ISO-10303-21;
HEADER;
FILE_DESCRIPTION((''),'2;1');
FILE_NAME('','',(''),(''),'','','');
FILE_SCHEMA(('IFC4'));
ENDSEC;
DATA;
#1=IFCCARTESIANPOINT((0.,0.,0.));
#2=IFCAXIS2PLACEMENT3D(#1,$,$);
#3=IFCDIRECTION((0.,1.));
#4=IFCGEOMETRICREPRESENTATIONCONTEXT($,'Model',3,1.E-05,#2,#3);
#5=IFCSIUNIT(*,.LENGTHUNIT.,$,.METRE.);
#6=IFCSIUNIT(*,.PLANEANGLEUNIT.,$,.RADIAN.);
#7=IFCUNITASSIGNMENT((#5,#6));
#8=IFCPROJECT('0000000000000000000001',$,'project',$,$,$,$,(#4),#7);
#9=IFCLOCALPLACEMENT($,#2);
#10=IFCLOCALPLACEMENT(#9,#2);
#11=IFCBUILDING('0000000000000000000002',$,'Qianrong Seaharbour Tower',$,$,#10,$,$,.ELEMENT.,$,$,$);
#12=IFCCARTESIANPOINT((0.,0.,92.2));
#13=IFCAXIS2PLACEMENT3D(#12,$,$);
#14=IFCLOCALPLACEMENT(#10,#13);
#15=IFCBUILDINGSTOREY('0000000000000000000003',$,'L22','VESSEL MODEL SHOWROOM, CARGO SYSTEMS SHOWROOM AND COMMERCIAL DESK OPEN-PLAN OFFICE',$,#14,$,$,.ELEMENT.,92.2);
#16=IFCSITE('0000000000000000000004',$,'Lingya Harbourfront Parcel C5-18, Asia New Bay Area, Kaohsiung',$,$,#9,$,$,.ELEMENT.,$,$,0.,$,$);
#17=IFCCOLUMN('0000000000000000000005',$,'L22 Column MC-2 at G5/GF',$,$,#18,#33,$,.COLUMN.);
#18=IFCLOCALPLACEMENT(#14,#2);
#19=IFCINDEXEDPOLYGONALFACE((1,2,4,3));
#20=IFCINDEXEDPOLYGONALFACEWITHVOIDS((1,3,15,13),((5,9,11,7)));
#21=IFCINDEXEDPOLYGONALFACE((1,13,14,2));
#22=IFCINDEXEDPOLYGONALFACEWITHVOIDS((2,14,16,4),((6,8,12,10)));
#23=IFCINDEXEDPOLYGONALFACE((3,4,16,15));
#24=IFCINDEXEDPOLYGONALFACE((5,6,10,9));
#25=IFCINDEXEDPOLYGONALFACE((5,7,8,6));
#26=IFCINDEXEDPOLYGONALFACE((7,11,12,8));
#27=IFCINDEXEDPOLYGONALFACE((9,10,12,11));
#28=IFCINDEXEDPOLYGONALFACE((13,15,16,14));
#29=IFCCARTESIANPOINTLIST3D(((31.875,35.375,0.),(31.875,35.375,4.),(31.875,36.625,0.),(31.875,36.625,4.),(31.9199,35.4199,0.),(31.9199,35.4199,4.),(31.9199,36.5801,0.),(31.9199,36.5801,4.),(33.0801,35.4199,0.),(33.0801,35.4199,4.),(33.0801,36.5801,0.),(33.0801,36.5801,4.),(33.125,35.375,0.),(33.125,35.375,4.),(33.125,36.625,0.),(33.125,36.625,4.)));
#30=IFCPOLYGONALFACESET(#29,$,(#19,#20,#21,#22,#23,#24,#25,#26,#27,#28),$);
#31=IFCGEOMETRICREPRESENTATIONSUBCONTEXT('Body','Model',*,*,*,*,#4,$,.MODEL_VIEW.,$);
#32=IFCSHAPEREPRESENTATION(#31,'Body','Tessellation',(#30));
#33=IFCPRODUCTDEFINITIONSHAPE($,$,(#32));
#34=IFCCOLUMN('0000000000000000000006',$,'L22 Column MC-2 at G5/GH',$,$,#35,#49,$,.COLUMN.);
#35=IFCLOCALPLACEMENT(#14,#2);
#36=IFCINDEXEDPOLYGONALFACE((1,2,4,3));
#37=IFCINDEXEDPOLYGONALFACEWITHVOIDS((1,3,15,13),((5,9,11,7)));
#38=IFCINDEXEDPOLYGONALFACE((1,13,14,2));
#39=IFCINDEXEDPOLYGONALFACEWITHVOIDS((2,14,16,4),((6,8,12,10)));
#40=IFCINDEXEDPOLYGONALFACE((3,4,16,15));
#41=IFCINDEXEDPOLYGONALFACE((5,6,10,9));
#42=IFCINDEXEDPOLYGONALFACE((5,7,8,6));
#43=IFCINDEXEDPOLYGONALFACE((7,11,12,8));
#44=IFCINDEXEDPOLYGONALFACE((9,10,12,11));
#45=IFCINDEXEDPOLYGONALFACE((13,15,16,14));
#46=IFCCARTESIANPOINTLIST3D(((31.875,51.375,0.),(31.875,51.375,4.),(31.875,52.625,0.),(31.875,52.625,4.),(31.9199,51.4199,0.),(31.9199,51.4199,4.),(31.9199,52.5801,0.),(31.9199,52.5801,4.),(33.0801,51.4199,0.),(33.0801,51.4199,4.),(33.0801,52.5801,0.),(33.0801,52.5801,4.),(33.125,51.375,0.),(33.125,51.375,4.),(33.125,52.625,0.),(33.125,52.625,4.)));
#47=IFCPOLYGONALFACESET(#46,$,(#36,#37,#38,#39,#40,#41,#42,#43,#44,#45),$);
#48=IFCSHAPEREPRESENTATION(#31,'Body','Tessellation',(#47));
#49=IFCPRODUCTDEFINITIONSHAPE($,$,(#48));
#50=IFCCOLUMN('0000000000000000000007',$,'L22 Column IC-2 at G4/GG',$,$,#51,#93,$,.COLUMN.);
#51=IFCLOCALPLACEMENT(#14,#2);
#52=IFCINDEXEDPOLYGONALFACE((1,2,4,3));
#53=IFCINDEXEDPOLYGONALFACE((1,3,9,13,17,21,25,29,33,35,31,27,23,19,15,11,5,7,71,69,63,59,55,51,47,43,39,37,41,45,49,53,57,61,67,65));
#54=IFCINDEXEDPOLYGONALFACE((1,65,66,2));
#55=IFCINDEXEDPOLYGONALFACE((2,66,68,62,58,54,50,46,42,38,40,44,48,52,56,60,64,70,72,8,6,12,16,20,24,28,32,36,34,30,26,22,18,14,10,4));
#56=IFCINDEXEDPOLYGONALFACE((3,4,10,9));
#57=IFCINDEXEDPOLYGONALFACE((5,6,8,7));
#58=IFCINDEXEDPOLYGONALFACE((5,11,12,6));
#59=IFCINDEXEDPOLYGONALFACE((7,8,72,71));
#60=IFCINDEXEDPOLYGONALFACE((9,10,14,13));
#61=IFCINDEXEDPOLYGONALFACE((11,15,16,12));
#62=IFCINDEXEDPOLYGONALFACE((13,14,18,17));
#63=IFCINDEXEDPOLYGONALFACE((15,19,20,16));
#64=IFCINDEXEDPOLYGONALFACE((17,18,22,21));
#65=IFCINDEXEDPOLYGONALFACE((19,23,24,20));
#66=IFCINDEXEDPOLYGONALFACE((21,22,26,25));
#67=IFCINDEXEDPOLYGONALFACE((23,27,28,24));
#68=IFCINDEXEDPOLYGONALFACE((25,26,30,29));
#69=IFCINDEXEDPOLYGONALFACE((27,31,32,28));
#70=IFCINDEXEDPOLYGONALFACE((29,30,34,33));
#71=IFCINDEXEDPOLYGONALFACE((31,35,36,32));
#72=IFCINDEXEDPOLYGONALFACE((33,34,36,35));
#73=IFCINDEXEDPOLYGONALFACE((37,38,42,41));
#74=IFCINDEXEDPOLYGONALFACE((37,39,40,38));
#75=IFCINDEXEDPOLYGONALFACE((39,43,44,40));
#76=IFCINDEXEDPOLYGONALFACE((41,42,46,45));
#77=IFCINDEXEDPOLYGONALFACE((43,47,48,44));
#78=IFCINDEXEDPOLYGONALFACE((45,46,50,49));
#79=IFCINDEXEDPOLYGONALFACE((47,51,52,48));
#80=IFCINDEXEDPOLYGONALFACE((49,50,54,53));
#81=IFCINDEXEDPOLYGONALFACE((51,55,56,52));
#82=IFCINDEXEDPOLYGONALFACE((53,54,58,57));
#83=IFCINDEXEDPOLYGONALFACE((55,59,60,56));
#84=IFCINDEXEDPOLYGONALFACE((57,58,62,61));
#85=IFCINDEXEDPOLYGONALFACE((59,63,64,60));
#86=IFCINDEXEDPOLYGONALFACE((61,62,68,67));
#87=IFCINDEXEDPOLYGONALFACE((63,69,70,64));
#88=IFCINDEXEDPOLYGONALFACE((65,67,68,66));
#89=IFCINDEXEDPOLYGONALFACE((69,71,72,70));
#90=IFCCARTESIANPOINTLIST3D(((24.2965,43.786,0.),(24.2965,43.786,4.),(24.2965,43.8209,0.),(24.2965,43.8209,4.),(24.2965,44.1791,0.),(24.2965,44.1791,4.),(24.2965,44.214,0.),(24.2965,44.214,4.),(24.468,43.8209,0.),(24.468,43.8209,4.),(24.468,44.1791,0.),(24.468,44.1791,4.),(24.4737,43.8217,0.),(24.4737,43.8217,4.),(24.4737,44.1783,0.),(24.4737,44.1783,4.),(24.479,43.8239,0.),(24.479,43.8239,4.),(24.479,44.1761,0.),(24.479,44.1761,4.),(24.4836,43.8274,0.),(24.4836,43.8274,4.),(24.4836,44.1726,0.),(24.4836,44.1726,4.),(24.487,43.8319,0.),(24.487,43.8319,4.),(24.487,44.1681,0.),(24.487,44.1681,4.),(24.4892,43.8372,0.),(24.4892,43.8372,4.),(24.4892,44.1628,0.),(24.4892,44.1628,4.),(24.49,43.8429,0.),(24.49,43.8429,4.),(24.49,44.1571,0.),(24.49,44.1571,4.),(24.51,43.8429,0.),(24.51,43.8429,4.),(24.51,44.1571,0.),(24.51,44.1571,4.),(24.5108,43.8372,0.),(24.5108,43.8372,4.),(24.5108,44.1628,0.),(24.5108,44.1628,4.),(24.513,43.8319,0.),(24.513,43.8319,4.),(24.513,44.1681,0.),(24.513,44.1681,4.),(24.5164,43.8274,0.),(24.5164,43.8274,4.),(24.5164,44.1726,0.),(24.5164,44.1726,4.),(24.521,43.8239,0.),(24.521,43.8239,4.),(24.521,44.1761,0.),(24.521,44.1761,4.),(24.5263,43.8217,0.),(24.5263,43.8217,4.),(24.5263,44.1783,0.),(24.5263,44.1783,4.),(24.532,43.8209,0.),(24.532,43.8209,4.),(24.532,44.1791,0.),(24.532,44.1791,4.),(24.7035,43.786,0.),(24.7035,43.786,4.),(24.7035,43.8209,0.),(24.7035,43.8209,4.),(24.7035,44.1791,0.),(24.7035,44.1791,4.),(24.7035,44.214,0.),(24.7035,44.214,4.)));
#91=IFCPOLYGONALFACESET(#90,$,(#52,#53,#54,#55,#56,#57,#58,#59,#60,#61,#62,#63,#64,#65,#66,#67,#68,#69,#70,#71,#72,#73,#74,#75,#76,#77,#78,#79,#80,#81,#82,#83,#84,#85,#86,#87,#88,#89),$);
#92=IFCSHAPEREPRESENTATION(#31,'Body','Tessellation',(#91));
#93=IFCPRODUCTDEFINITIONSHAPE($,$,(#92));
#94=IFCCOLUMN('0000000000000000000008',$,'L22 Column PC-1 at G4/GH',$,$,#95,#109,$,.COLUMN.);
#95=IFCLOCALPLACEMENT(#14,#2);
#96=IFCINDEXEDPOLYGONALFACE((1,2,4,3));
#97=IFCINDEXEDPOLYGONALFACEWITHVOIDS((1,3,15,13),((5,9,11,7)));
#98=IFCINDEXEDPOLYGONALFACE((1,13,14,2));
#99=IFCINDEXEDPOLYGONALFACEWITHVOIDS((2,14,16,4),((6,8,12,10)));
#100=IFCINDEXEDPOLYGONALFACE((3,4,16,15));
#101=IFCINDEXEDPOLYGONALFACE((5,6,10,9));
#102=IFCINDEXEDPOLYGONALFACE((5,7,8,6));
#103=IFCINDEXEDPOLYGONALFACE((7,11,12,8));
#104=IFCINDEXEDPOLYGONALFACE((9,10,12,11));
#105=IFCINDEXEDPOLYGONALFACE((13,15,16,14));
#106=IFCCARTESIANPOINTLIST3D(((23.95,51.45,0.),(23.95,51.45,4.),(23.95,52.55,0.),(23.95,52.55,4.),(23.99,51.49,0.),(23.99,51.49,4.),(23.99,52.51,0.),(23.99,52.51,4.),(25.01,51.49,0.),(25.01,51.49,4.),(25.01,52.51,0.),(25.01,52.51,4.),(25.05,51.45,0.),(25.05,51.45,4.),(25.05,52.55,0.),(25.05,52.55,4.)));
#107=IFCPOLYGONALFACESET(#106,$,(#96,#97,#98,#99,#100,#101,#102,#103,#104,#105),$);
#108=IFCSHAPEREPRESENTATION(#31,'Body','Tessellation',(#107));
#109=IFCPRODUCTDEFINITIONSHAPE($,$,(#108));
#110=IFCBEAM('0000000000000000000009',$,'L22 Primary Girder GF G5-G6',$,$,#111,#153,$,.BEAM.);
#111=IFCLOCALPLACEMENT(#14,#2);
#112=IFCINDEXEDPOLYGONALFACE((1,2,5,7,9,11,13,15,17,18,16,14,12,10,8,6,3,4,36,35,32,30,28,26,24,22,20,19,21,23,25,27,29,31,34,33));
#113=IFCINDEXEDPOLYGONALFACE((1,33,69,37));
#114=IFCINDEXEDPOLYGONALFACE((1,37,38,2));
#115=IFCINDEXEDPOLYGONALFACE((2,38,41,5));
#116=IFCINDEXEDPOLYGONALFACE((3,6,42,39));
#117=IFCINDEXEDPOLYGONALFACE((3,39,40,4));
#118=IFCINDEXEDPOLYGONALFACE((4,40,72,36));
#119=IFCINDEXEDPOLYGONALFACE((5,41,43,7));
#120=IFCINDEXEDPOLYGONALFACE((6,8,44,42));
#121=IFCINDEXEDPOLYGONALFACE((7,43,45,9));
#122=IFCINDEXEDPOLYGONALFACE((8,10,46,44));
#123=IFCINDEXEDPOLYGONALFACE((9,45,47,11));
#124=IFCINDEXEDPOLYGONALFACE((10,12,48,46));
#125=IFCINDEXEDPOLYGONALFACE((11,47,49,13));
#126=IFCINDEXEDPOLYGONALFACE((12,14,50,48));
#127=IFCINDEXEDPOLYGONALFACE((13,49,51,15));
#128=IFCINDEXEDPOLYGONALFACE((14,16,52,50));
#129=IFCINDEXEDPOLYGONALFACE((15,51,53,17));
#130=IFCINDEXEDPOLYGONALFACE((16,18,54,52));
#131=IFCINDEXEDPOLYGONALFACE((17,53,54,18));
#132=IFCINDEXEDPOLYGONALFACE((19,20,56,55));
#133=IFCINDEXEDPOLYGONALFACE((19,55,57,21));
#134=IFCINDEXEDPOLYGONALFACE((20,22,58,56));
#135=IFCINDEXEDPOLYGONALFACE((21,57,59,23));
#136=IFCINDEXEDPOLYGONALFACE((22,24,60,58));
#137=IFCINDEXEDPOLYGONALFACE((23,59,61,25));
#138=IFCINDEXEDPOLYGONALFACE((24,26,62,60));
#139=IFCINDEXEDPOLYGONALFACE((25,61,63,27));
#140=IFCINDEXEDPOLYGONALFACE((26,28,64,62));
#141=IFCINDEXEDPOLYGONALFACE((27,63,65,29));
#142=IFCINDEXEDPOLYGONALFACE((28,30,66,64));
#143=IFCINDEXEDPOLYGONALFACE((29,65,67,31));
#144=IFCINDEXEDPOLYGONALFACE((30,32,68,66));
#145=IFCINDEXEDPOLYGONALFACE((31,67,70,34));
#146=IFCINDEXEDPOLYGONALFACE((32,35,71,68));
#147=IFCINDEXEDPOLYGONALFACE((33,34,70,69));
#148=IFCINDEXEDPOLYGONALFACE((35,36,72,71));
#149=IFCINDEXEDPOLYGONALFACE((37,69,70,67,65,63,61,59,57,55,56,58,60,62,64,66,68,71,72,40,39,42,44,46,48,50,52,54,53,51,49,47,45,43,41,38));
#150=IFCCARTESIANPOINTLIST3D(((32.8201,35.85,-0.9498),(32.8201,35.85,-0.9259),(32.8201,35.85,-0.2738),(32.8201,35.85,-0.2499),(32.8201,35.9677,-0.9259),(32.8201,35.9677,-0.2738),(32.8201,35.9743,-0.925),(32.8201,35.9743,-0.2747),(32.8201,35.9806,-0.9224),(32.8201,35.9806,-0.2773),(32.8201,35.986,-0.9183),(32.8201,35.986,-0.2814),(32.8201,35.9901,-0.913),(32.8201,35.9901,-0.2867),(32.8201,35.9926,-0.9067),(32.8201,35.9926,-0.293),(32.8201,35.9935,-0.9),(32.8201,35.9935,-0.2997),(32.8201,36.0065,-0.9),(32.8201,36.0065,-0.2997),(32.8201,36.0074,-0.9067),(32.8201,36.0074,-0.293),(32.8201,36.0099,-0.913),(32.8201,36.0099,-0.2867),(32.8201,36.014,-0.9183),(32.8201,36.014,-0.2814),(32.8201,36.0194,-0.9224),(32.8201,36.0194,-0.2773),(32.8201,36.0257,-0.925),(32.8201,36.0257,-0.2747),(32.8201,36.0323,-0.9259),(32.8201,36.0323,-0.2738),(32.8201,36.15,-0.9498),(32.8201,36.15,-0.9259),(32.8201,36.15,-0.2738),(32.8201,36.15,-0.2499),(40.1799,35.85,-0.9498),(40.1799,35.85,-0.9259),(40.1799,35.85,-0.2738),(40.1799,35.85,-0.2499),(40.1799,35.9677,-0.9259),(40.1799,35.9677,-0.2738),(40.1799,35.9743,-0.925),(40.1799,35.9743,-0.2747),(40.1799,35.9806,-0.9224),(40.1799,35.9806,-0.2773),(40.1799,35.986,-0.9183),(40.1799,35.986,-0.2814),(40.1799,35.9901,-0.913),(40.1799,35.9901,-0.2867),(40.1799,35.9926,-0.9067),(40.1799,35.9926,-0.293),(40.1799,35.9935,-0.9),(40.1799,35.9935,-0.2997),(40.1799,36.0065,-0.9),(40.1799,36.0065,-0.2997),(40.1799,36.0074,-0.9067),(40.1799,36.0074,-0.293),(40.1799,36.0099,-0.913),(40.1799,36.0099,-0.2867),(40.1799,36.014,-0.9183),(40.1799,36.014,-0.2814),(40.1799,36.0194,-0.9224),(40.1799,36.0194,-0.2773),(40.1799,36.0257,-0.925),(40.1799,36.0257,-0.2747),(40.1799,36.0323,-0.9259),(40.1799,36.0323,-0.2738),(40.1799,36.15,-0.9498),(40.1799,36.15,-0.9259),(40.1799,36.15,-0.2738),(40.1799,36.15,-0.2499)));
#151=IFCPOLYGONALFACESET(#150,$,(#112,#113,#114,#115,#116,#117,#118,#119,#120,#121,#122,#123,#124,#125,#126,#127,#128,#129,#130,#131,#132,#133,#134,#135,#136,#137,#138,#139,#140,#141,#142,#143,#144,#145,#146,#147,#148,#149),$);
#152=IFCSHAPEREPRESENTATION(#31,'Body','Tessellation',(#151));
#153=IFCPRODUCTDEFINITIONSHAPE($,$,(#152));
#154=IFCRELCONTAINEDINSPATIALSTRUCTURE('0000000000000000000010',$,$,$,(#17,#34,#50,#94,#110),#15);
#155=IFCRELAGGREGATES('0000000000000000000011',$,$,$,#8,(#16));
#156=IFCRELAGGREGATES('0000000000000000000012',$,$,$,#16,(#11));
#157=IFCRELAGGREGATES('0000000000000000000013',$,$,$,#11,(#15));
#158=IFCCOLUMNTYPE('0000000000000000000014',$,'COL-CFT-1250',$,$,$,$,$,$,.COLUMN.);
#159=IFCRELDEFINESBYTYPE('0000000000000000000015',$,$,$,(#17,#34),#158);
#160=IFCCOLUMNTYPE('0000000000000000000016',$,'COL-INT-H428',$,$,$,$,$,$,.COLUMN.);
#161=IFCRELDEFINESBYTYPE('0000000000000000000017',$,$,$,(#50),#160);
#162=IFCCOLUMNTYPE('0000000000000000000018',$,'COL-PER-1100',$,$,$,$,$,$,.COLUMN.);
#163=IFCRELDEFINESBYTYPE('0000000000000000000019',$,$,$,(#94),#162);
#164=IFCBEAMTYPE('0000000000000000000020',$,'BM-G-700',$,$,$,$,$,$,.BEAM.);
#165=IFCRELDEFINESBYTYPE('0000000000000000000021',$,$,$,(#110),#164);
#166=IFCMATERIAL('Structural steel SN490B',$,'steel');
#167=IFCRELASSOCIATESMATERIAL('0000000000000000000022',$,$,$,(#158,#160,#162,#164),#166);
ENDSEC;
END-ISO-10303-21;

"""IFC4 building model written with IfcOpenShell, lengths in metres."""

from ifc_helpers import new_model, si_unit, direction, frame, origin, origin_2d, place, context, subcontext, project, spatial, hollow_rectangle, i_section, extrude, material, material_profile, profile_set, type_object, element, save


model = new_model("IFC4")

# Units and contexts
model_context = context("Model", 3, precision=1e-05, world=origin(), true_north=direction((0.0, 1.0)))
body_context = subcontext(model_context, "Body", "Model", "MODEL_VIEW")
ifc_project = project(units=[si_unit("LENGTHUNIT", "METRE"), si_unit("PLANEANGLEUNIT", "RADIAN")], contexts=[model_context])

# Site, building, storey
site_placement = place(None, origin())
site = spatial("IfcSite", under=ifc_project, at=site_placement, Name="Lingya Harbourfront Parcel C5-18, Asia New Bay Area, Kaohsiung", CompositionType="ELEMENT", RefElevation=0.0)
building_placement = place(site_placement, origin())
building = spatial("IfcBuilding", under=site, at=building_placement, Name="Qianrong Seaharbour Tower", CompositionType="ELEMENT")
storey_placement = place(building_placement, frame((0.0, 0.0, 92.2)))
storey = spatial("IfcBuildingStorey", under=building, at=storey_placement, Name="L22", Description="VESSEL MODEL SHOWROOM, CARGO SYSTEMS SHOWROOM AND COMMERCIAL DESK OPEN-PLAN OFFICE", CompositionType="ELEMENT", Elevation=92.2)

# Columns
ifc_material_1 = material(Name="Structural steel SN490B", Category="steel")
ifc_material_profile_1 = material_profile(ifc_material_1, hollow_rectangle(XDim=1.25, YDim=1.25, WallThickness=0.0449, at=origin_2d()), Name="BOX1250x1250x45")
ifc_profile_set_1 = profile_set([ifc_material_profile_1], Name="Structural steel SN490B")
column_type_1 = type_object("IfcColumnType", Name="COL-CFT-1250", PredefinedType="COLUMN", material=ifc_profile_set_1)
for number, where, z_axis, x_axis, name in (
    (1, (32.5, 36.0, 0.0), (0.0, 0.0, 1.0), (1.0, 0.0, 0.0), "L22 Column MC-2 at G5/GF"),
    (2, (32.5, 52.0, 0.0), (0.0, 0.0, 1.0), (1.0, 0.0, 0.0), "L22 Column MC-2 at G5/GH"),
):
    element("IfcColumn", number, at=place(storey_placement, frame(where, z_axis=z_axis, x_axis=x_axis)), inside=storey, type_object=column_type_1, Name=name, PredefinedType="COLUMN", context=body_context, shape_type="SweptSolid", body=[
        extrude(hollow_rectangle(XDim=1.25, YDim=1.25, WallThickness=0.0449, at=origin_2d()), origin(), (0.0, 0.0, 1.0), 4.0),
    ])
ifc_material_profile_2 = material_profile(ifc_material_1, i_section(OverallWidth=0.407, OverallDepth=0.428, WebThickness=0.02, FlangeThickness=0.0349, FilletRadius=0.022, at=origin_2d()), Name="H428x407x20x35")
ifc_profile_set_2 = profile_set([ifc_material_profile_2], Name="Structural steel SN490B")
column_type_2 = type_object("IfcColumnType", Name="COL-INT-H428", PredefinedType="COLUMN", material=ifc_profile_set_2)
column_1_placement = place(storey_placement, frame((24.5, 44.0, 0.0), z_axis=(0.0, 0.0, 1.0), x_axis=(1.0, 0.0, 0.0)))
element("IfcColumn", 3, at=column_1_placement, inside=storey, type_object=column_type_2, Name="L22 Column IC-2 at G4/GG", PredefinedType="COLUMN", context=body_context, shape_type="SweptSolid", body=[
    extrude(i_section(OverallWidth=0.407, OverallDepth=0.428, WebThickness=0.02, FlangeThickness=0.0349, FilletRadius=0.022, at=origin_2d()), origin(), (0.0, 0.0, 1.0), 4.0),
])
ifc_material_profile_3 = material_profile(ifc_material_1, hollow_rectangle(XDim=1.1001, YDim=1.1001, WallThickness=0.04, at=origin_2d()), Name="BOX1100x1100x40")
ifc_profile_set_3 = profile_set([ifc_material_profile_3], Name="Structural steel SN490B")
column_type_3 = type_object("IfcColumnType", Name="COL-PER-1100", PredefinedType="COLUMN", material=ifc_profile_set_3)
column_2_placement = place(storey_placement, frame((24.5, 52.0, 0.0), z_axis=(0.0, 0.0, 1.0), x_axis=(1.0, 0.0, 0.0)))
element("IfcColumn", 4, at=column_2_placement, inside=storey, type_object=column_type_3, Name="L22 Column PC-1 at G4/GH", PredefinedType="COLUMN", context=body_context, shape_type="SweptSolid", body=[
    extrude(hollow_rectangle(XDim=1.1001, YDim=1.1001, WallThickness=0.04, at=origin_2d()), origin(), (0.0, 0.0, 1.0), 4.0),
])

# Beam
ifc_material_profile_4 = material_profile(ifc_material_1, i_section(OverallWidth=0.3, OverallDepth=0.7, WebThickness=0.0129, FlangeThickness=0.0239, FilletRadius=0.0259, at=origin_2d()), Name="H700x300x13x24")
ifc_profile_set_4 = profile_set([ifc_material_profile_4], Name="Structural steel SN490B")
beam_type_1 = type_object("IfcBeamType", Name="BM-G-700", PredefinedType="BEAM", material=ifc_profile_set_4)
beam_1_placement = place(storey_placement, frame((32.8201, 36.0, -0.5999), z_axis=(1.0, 0.0, 0.0), x_axis=(0.0, 1.0, 0.0)))
element("IfcBeam", 5, at=beam_1_placement, inside=storey, type_object=beam_type_1, Name="L22 Primary Girder GF G5-G6", PredefinedType="BEAM", context=body_context, shape_type="SweptSolid", body=[
    extrude(i_section(OverallWidth=0.3, OverallDepth=0.7, WebThickness=0.0129, FlangeThickness=0.0239, FilletRadius=0.0259, at=origin_2d()), origin(), (0.0, 0.0, 1.0), 7.3599),
])

save(model, "model.ifc")
